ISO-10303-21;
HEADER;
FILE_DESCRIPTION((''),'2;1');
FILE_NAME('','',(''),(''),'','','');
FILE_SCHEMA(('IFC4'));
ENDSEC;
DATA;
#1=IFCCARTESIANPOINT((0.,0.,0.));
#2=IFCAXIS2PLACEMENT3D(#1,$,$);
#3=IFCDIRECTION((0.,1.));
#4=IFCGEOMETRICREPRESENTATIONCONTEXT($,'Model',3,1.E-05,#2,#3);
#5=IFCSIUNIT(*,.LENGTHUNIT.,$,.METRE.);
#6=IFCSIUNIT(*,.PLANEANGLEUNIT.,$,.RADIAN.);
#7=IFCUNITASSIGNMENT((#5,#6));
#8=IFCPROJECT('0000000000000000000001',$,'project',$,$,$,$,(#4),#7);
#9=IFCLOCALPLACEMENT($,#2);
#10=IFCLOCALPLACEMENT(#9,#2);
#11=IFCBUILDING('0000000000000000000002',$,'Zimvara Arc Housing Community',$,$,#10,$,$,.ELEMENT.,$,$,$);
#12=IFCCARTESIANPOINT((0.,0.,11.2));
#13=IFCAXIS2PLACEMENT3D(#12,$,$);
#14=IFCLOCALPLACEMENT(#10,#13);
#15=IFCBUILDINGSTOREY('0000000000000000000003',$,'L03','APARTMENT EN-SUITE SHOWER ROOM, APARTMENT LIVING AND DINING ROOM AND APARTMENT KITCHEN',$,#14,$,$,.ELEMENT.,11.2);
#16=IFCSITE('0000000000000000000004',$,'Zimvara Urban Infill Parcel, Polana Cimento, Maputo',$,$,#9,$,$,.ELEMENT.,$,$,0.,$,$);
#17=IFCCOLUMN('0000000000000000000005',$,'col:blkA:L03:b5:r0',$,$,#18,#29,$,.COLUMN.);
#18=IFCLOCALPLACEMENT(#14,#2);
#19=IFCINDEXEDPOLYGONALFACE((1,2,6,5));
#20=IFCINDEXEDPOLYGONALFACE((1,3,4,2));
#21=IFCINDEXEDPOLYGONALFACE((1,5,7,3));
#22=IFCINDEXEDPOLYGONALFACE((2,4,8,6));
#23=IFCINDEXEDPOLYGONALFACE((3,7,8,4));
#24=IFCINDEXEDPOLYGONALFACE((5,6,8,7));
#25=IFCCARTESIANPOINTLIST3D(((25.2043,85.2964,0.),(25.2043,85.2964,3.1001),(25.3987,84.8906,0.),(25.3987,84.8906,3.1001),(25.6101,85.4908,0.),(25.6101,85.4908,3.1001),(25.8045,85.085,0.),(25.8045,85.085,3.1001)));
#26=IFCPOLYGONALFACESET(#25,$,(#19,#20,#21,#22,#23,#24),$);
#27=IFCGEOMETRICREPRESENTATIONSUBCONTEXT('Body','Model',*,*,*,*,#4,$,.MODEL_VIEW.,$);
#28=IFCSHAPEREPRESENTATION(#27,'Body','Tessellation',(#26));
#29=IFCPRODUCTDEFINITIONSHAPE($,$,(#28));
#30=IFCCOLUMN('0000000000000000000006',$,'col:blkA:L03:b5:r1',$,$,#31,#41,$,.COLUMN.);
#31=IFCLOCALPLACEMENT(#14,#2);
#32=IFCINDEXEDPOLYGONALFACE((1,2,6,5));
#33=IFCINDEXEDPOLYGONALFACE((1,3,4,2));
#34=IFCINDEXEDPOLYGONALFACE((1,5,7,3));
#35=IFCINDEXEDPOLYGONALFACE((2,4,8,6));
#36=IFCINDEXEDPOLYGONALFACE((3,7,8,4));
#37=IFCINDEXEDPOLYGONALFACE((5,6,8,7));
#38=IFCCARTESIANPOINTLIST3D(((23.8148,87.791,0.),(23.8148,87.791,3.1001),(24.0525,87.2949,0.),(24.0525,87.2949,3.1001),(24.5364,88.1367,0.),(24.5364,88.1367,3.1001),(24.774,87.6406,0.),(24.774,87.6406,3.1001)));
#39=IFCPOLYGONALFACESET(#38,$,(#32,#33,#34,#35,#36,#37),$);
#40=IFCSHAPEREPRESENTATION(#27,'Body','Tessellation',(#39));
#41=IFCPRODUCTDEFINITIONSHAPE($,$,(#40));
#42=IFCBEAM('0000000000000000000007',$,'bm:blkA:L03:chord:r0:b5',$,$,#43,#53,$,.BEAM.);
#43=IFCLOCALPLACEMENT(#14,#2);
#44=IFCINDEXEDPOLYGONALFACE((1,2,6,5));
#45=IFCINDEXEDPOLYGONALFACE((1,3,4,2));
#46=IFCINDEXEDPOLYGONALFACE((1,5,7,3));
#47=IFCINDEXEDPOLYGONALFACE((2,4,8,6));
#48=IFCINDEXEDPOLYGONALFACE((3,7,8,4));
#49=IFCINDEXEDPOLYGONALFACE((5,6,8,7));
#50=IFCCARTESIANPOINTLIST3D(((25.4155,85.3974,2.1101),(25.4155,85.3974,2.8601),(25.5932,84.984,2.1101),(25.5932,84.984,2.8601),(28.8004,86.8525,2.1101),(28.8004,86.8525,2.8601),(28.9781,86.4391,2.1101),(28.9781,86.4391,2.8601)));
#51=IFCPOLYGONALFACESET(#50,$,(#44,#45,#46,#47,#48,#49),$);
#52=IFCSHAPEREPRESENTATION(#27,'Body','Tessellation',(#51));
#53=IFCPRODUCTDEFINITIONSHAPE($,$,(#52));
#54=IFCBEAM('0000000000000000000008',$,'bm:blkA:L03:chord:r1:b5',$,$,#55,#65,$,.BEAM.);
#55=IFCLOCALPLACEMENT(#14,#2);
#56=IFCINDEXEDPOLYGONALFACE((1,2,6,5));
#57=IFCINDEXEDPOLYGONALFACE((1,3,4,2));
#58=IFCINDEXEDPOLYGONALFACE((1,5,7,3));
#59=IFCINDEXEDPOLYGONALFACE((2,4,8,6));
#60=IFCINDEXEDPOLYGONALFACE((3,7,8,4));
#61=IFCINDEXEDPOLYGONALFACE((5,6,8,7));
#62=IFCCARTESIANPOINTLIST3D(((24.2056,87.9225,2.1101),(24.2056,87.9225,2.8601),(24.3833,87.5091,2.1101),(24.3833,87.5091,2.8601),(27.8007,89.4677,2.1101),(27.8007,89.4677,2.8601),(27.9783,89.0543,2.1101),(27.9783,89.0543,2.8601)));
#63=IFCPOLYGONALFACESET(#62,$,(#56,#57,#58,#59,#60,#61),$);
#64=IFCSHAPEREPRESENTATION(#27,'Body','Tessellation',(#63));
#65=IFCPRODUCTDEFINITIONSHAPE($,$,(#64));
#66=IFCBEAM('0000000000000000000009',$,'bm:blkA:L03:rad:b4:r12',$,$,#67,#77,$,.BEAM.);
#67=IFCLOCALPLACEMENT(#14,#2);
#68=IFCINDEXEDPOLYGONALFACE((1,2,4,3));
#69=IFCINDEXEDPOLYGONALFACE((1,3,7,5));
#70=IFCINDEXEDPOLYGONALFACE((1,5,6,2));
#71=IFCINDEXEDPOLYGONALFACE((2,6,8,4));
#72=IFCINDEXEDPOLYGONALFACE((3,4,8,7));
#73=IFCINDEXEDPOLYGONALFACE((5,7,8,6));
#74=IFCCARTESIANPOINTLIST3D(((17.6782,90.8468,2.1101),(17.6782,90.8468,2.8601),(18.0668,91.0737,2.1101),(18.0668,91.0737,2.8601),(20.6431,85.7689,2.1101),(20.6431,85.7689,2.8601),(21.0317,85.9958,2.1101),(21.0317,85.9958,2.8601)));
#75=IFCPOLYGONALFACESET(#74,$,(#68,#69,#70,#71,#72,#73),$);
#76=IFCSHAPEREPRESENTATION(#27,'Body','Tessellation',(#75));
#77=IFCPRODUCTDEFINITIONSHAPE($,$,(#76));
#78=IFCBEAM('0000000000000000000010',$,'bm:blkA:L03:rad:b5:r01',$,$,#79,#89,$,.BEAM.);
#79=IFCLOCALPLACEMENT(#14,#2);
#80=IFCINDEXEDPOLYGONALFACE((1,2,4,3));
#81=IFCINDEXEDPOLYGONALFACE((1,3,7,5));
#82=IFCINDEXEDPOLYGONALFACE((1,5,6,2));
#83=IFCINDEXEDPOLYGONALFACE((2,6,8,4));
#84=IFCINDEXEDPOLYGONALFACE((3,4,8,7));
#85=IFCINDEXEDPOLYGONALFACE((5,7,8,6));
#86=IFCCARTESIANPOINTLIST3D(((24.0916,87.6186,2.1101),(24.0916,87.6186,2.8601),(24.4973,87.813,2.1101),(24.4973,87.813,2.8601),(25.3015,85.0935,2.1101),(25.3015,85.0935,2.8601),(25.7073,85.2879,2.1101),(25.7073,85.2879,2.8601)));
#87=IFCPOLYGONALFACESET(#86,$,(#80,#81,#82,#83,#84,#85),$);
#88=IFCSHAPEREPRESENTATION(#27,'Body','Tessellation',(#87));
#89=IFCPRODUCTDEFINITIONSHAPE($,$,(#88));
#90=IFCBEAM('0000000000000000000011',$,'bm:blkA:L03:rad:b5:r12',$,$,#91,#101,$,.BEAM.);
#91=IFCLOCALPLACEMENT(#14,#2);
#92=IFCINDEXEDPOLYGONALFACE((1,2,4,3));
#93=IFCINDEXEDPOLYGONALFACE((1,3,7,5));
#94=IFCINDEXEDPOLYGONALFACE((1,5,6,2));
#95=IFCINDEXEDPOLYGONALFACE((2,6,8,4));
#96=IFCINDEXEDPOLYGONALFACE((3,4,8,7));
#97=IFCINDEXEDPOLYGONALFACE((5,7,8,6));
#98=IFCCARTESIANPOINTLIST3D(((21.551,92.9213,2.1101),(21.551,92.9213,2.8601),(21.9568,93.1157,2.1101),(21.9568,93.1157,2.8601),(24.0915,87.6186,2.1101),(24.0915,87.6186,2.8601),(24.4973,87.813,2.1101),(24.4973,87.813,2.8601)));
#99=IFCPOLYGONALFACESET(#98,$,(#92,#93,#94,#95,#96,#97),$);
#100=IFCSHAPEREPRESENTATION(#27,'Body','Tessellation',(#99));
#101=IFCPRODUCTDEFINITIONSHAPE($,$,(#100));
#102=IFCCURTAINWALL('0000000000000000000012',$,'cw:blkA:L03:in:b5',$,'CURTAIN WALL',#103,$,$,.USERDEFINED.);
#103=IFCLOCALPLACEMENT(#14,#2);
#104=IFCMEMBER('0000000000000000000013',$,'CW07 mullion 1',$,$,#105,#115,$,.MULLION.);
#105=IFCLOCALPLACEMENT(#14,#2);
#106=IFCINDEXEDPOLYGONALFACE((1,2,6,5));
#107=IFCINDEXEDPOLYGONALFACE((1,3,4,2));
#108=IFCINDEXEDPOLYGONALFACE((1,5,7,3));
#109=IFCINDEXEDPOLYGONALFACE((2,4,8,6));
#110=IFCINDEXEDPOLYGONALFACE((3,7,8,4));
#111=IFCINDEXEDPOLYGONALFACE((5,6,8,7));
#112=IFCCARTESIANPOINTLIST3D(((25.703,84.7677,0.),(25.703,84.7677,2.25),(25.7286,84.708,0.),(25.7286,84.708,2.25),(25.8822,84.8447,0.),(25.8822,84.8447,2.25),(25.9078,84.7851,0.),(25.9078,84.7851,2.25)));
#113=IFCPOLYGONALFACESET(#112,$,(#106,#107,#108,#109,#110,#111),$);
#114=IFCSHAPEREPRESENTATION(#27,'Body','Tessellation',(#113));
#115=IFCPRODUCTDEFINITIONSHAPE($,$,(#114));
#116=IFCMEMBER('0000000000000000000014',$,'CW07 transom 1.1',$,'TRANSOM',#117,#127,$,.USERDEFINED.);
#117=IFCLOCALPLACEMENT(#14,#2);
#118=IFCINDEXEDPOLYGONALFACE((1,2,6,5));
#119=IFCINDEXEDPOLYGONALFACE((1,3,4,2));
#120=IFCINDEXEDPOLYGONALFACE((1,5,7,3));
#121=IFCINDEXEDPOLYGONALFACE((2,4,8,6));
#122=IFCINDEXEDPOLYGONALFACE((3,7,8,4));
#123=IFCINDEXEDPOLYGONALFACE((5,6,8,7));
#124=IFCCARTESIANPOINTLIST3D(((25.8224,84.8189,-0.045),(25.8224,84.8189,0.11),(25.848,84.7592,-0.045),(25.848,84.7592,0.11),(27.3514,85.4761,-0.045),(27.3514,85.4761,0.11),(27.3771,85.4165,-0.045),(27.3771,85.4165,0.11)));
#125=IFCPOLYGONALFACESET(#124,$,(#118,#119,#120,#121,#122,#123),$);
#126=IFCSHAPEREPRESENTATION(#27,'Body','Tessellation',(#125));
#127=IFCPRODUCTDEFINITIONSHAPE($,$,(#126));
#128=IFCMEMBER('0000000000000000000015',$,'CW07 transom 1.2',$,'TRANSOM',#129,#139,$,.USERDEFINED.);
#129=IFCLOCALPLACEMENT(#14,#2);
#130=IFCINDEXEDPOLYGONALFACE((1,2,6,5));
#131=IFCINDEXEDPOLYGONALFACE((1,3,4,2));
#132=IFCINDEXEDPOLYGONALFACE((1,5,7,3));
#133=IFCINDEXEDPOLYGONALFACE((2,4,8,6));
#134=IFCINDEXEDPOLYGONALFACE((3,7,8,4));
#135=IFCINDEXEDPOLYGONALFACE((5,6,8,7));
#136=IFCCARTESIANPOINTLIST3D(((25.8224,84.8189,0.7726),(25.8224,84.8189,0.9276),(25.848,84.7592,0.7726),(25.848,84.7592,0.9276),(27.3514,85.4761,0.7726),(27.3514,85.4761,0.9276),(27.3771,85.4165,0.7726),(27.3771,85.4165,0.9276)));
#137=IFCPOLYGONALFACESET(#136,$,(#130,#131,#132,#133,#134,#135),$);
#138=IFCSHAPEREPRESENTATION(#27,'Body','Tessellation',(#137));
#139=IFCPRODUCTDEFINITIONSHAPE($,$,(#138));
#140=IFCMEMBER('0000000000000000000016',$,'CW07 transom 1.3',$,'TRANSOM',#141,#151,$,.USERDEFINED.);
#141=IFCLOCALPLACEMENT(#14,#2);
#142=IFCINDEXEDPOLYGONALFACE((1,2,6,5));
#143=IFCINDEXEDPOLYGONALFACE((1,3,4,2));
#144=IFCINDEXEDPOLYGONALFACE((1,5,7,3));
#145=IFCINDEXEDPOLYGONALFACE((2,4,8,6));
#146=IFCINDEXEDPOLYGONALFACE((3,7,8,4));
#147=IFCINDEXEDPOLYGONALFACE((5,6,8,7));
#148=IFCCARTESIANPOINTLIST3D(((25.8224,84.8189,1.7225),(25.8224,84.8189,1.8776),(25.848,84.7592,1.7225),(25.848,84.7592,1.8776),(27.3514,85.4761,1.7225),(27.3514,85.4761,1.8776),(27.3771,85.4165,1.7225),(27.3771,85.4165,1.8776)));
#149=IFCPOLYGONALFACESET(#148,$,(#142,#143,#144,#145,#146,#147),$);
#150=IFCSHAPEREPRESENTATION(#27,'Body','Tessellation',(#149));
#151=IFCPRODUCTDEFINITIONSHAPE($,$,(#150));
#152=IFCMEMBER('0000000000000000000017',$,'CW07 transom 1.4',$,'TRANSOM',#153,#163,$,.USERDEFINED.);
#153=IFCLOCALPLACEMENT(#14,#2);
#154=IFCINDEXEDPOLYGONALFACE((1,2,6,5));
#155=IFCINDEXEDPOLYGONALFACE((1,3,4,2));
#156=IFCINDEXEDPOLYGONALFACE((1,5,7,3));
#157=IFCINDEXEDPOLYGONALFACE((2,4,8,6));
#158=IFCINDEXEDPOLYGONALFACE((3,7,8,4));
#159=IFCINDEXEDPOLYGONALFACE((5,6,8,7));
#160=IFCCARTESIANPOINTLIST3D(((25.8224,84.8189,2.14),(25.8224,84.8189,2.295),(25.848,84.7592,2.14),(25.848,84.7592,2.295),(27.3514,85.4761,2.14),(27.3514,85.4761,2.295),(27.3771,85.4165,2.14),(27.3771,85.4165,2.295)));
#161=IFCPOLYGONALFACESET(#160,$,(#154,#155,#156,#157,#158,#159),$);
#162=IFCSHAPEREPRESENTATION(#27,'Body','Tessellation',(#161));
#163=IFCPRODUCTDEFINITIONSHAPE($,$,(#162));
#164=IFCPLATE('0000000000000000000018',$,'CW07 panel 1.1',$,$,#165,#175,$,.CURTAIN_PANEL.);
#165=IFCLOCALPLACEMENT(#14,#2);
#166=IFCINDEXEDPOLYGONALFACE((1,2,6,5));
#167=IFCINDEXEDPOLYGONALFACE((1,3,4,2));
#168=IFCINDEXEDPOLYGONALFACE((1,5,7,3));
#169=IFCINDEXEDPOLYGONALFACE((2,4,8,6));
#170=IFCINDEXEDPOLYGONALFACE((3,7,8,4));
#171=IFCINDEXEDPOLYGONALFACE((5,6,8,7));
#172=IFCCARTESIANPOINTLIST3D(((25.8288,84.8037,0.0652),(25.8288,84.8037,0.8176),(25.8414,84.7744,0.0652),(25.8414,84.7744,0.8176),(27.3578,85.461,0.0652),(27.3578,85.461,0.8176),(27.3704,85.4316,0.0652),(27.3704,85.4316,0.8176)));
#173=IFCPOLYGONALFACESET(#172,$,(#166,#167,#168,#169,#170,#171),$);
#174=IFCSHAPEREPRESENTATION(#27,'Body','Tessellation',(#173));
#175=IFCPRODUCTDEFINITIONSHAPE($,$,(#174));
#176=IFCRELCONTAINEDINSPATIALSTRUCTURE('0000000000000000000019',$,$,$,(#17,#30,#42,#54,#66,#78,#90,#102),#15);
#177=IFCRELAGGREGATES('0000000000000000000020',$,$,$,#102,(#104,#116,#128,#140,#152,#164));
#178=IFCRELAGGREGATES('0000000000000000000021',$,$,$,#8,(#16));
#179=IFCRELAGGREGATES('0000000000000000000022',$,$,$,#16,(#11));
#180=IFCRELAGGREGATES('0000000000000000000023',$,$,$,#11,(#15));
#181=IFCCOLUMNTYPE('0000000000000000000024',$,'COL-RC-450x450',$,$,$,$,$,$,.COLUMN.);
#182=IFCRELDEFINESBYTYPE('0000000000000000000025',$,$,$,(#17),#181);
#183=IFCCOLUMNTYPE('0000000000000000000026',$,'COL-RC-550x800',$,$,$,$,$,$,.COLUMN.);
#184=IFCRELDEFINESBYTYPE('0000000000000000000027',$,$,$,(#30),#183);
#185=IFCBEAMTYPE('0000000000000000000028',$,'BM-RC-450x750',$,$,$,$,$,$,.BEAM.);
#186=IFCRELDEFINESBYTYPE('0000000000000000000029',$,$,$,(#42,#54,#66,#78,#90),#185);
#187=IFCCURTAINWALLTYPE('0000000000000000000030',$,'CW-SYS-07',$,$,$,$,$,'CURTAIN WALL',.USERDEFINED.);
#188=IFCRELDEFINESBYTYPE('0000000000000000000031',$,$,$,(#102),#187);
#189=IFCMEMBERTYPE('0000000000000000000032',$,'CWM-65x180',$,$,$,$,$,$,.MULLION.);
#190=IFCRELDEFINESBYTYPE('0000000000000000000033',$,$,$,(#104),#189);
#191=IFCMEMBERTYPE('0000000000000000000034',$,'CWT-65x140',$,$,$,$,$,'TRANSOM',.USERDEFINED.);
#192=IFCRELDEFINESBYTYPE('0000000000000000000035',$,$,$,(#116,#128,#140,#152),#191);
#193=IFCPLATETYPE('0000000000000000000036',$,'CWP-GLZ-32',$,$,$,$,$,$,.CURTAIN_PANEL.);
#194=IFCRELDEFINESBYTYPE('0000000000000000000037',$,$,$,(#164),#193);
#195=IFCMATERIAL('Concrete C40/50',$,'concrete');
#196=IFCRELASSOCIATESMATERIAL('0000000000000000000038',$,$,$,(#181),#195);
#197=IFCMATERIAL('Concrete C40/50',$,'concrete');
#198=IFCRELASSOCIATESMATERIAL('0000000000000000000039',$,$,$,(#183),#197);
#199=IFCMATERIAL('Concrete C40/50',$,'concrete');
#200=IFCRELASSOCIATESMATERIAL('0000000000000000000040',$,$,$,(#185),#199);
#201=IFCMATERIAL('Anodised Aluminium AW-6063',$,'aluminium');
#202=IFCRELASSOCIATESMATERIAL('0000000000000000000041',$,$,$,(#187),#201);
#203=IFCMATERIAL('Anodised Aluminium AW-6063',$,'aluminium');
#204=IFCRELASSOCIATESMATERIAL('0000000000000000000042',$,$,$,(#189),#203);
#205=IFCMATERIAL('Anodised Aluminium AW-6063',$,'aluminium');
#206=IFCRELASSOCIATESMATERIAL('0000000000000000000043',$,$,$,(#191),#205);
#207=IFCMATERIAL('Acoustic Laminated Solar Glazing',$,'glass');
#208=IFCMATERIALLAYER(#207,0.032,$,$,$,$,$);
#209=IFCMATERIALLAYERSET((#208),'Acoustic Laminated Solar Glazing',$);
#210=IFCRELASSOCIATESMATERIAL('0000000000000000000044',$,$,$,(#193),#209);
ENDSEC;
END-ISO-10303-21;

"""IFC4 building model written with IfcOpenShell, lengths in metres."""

from ifc_helpers import new_model, si_unit, direction, frame, origin, origin_2d, place, context, subcontext, project, spatial, rectangle, extrude, material, layer, layer_set, material_profile, profile_set, type_object, element, aggregate, save


model = new_model("IFC4")

# Units and contexts
model_context = context("Model", 3, precision=1e-05, world=origin(), true_north=direction((0.0, 1.0)))
body_context = subcontext(model_context, "Body", "Model", "MODEL_VIEW")
ifc_project = project(units=[si_unit("LENGTHUNIT", "METRE"), si_unit("PLANEANGLEUNIT", "RADIAN")], contexts=[model_context])

# Site, building, storey
site_placement = place(None, origin())
site = spatial("IfcSite", under=ifc_project, at=site_placement, Name="Zimvara Urban Infill Parcel, Polana Cimento, Maputo", CompositionType="ELEMENT", RefElevation=0.0)
building_placement = place(site_placement, origin())
building = spatial("IfcBuilding", under=site, at=building_placement, Name="Zimvara Arc Housing Community", CompositionType="ELEMENT")
storey_placement = place(building_placement, frame((0.0, 0.0, 11.2)))
storey = spatial("IfcBuildingStorey", under=building, at=storey_placement, Name="L03", Description="APARTMENT EN-SUITE SHOWER ROOM, APARTMENT LIVING AND DINING ROOM AND APARTMENT KITCHEN", CompositionType="ELEMENT", Elevation=11.2)

# Columns
ifc_material_1 = material(Name="Concrete C40/50", Category="concrete")
ifc_material_profile_1 = material_profile(ifc_material_1, rectangle(XDim=0.45, YDim=0.45, at=origin_2d()), Name="RC 450x450")
ifc_profile_set_1 = profile_set([ifc_material_profile_1], Name="Concrete C40/50")
column_type_1 = type_object("IfcColumnType", Name="COL-RC-450x450", PredefinedType="COLUMN", material=ifc_profile_set_1)
column_1_placement = place(storey_placement, frame((25.5044, 85.1907, 0.0), z_axis=(0.0, 0.0, 1.0), x_axis=(-0.432086, 0.901833, 0.0)))
element("IfcColumn", 1, at=column_1_placement, inside=storey, type_object=column_type_1, Name="col:blkA:L03:b5:r0", PredefinedType="COLUMN", context=body_context, shape_type="SweptSolid", body=[
    extrude(rectangle(XDim=0.45, YDim=0.45, at=origin_2d()), origin(), (0.0, 0.0, 1.0), 3.1001),
])
ifc_material_2 = material(Name="Concrete C40/50", Category="concrete")
ifc_material_profile_2 = material_profile(ifc_material_2, rectangle(XDim=0.55, YDim=0.8, at=origin_2d()), Name="RC 550x800")
ifc_profile_set_2 = profile_set([ifc_material_profile_2], Name="Concrete C40/50")
column_type_2 = type_object("IfcColumnType", Name="COL-RC-550x800", PredefinedType="COLUMN", material=ifc_profile_set_2)
column_2_placement = place(storey_placement, frame((24.2944, 87.7158, 0.0), z_axis=(0.0, 0.0, 1.0), x_axis=(-0.432086, 0.901833, 0.0)))
element("IfcColumn", 2, at=column_2_placement, inside=storey, type_object=column_type_2, Name="col:blkA:L03:b5:r1", PredefinedType="COLUMN", context=body_context, shape_type="SweptSolid", body=[
    extrude(rectangle(XDim=0.55, YDim=0.8, at=origin_2d()), origin(), (0.0, 0.0, 1.0), 3.1001),
])

# Beams
ifc_material_3 = material(Name="Concrete C40/50", Category="concrete")
ifc_material_profile_3 = material_profile(ifc_material_3, rectangle(XDim=0.45, YDim=0.75, at=origin_2d()), Name="RC 450x750")
ifc_profile_set_3 = profile_set([ifc_material_profile_3], Name="Concrete C40/50")
beam_type = type_object("IfcBeamType", Name="BM-RC-450x750", PredefinedType="BEAM", material=ifc_profile_set_3)
beam_1_placement = place(storey_placement, frame((25.5044, 85.1907, 2.4851), z_axis=(0.918706, 0.394943, 0.0), x_axis=(-0.394943, 0.918706, 0.0)))
element("IfcBeam", 3, at=beam_1_placement, inside=storey, type_object=beam_type, Name="bm:blkA:L03:chord:r0:b5", PredefinedType="BEAM", context=body_context, shape_type="SweptSolid", body=[
    extrude(rectangle(XDim=0.45, YDim=0.75, at=origin_2d()), origin(), (0.0, 0.0, 1.0), 3.6843),
])
beam_2_placement = place(storey_placement, frame((24.2944, 87.7158, 2.4851), z_axis=(0.918731, 0.394883, 0.0), x_axis=(-0.394883, 0.918731, 0.0)))
element("IfcBeam", 4, at=beam_2_placement, inside=storey, type_object=beam_type, Name="bm:blkA:L03:chord:r1:b5", PredefinedType="BEAM", context=body_context, shape_type="SweptSolid", body=[
    extrude(rectangle(XDim=0.45, YDim=0.75, at=origin_2d()), origin(), (0.0, 0.0, 1.0), 3.9131),
])
beam_3_placement = place(storey_placement, frame((20.8374, 85.8823, 2.4851), z_axis=(-0.504219, 0.863576, 0.0), x_axis=(-0.863576, -0.504219, 0.0)))
element("IfcBeam", 5, at=beam_3_placement, inside=storey, type_object=beam_type, Name="bm:blkA:L03:rad:b4:r12", PredefinedType="BEAM", context=body_context, shape_type="SweptSolid", body=[
    extrude(rectangle(XDim=0.45, YDim=0.75, at=origin_2d()), origin(), (0.0, 0.0, 1.0), 5.8801),
])
beam_4_placement = place(storey_placement, frame((25.5044, 85.1907, 2.4851), z_axis=(-0.432119, 0.901817, 0.0), x_axis=(-0.901817, -0.432119, 0.0)))
element("IfcBeam", 6, at=beam_4_placement, inside=storey, type_object=beam_type, Name="bm:blkA:L03:rad:b5:r01", PredefinedType="BEAM", context=body_context, shape_type="SweptSolid", body=[
    extrude(rectangle(XDim=0.45, YDim=0.75, at=origin_2d()), origin(), (0.0, 0.0, 1.0), 2.8),
])
beam_5_placement = place(storey_placement, frame((24.2944, 87.7158, 2.4851), z_axis=(-0.43207, 0.90184, 0.0), x_axis=(-0.90184, -0.43207, 0.0)))
element("IfcBeam", 7, at=beam_5_placement, inside=storey, type_object=beam_type, Name="bm:blkA:L03:rad:b5:r12", PredefinedType="BEAM", context=body_context, shape_type="SweptSolid", body=[
    extrude(rectangle(XDim=0.45, YDim=0.75, at=origin_2d()), origin(), (0.0, 0.0, 1.0), 5.8799),
])

# Curtain wall, members, plate
ifc_material_4 = material(Name="Anodised Aluminium AW-6063", Category="aluminium")
curtain_wall_type = type_object("IfcCurtainWallType", Name="CW-SYS-07", ElementType="CURTAIN WALL", PredefinedType="USERDEFINED", material=ifc_material_4)
curtain_wall_placement = place(storey_placement, origin())
curtain_wall = element("IfcCurtainWall", 8, at=curtain_wall_placement, inside=storey, type_object=curtain_wall_type, Name="cw:blkA:L03:in:b5", ObjectType="CURTAIN WALL", PredefinedType="USERDEFINED")
ifc_material_5 = material(Name="Anodised Aluminium AW-6063", Category="aluminium")
ifc_material_profile_4 = material_profile(ifc_material_5, rectangle(XDim=0.0649, YDim=0.1951, at=origin_2d()), Name="ALU 65x195")
ifc_profile_set_4 = profile_set([ifc_material_profile_4], Name="Anodised Aluminium AW-6063")
member_type_1 = type_object("IfcMemberType", Name="CWM-65x180", PredefinedType="MULLION", material=ifc_profile_set_4)
member_1_placement = place(storey_placement, frame((25.8054, 84.7764, 0.0), z_axis=(0.0, 0.0, 1.0), x_axis=(-0.394904, 0.918722, 0.0)))
member_1 = element("IfcMember", 9, at=member_1_placement, type_object=member_type_1, Name="CW07 mullion 1", PredefinedType="MULLION", context=body_context, shape_type="SweptSolid", body=[
    extrude(rectangle(XDim=0.0649, YDim=0.1951, at=origin_2d()), origin(), (0.0, 0.0, 1.0), 2.25),
])
ifc_material_6 = material(Name="Anodised Aluminium AW-6063", Category="aluminium")
ifc_material_profile_5 = material_profile(ifc_material_6, rectangle(XDim=0.0649, YDim=0.155, at=origin_2d()), Name="ALU 65x155")
ifc_profile_set_5 = profile_set([ifc_material_profile_5], Name="Anodised Aluminium AW-6063")
member_type_2 = type_object("IfcMemberType", Name="CWT-65x140", ElementType="TRANSOM", PredefinedType="USERDEFINED", material=ifc_profile_set_5)
member_2_placement = place(storey_placement, frame((25.8352, 84.7891, 0.0325), z_axis=(0.918727, 0.394893, 0.0), x_axis=(-0.394893, 0.918727, 0.0)))
member_2 = element("IfcMember", 10, at=member_2_placement, type_object=member_type_2, Name="CW07 transom 1.1", ObjectType="TRANSOM", PredefinedType="USERDEFINED", context=body_context, shape_type="SweptSolid", body=[
    extrude(rectangle(XDim=0.0649, YDim=0.155, at=origin_2d()), origin(), (0.0, 0.0, 1.0), 1.6643),
])
member_3_placement = place(storey_placement, frame((25.8352, 84.7891, 0.8501), z_axis=(0.918727, 0.394893, 0.0), x_axis=(-0.394893, 0.918727, 0.0)))
member_3 = element("IfcMember", 11, at=member_3_placement, type_object=member_type_2, Name="CW07 transom 1.2", ObjectType="TRANSOM", PredefinedType="USERDEFINED", context=body_context, shape_type="SweptSolid", body=[
    extrude(rectangle(XDim=0.0649, YDim=0.155, at=origin_2d()), origin(), (0.0, 0.0, 1.0), 1.6643),
])
member_4_placement = place(storey_placement, frame((25.8352, 84.7891, 1.8), z_axis=(0.918727, 0.394893, 0.0), x_axis=(-0.394893, 0.918727, 0.0)))
member_4 = element("IfcMember", 12, at=member_4_placement, type_object=member_type_2, Name="CW07 transom 1.3", ObjectType="TRANSOM", PredefinedType="USERDEFINED", context=body_context, shape_type="SweptSolid", body=[
    extrude(rectangle(XDim=0.0649, YDim=0.155, at=origin_2d()), origin(), (0.0, 0.0, 1.0), 1.6643),
])
member_5_placement = place(storey_placement, frame((25.8352, 84.7891, 2.2175), z_axis=(0.918727, 0.394893, 0.0), x_axis=(-0.394893, 0.918727, 0.0)))
member_5 = element("IfcMember", 13, at=member_5_placement, type_object=member_type_2, Name="CW07 transom 1.4", ObjectType="TRANSOM", PredefinedType="USERDEFINED", context=body_context, shape_type="SweptSolid", body=[
    extrude(rectangle(XDim=0.0649, YDim=0.155, at=origin_2d()), origin(), (0.0, 0.0, 1.0), 1.6643),
])
ifc_material_7 = material(Name="Acoustic Laminated Solar Glazing", Category="glass")
ifc_layer_1 = layer(ifc_material_7, 0.032)
ifc_layer_set_1 = layer_set([ifc_layer_1], Name="Acoustic Laminated Solar Glazing")
plate_type = type_object("IfcPlateType", Name="CWP-GLZ-32", PredefinedType="CURTAIN_PANEL", material=ifc_layer_set_1)
plate_placement = place(storey_placement, frame((26.5996, 85.1177, 0.0652), z_axis=(0.0, 0.0, 1.0), x_axis=(0.918722, 0.394904, 0.0)))
plate = element("IfcPlate", 14, at=plate_placement, type_object=plate_type, Name="CW07 panel 1.1", PredefinedType="CURTAIN_PANEL", context=body_context, shape_type="SweptSolid", body=[
    extrude(rectangle(XDim=1.6643, YDim=0.032, at=origin_2d()), origin(), (0.0, 0.0, 1.0), 0.7524),
])
aggregate(curtain_wall, [member_1, member_2, member_3, member_4, member_5, plate])

save(model, "model.ifc")
